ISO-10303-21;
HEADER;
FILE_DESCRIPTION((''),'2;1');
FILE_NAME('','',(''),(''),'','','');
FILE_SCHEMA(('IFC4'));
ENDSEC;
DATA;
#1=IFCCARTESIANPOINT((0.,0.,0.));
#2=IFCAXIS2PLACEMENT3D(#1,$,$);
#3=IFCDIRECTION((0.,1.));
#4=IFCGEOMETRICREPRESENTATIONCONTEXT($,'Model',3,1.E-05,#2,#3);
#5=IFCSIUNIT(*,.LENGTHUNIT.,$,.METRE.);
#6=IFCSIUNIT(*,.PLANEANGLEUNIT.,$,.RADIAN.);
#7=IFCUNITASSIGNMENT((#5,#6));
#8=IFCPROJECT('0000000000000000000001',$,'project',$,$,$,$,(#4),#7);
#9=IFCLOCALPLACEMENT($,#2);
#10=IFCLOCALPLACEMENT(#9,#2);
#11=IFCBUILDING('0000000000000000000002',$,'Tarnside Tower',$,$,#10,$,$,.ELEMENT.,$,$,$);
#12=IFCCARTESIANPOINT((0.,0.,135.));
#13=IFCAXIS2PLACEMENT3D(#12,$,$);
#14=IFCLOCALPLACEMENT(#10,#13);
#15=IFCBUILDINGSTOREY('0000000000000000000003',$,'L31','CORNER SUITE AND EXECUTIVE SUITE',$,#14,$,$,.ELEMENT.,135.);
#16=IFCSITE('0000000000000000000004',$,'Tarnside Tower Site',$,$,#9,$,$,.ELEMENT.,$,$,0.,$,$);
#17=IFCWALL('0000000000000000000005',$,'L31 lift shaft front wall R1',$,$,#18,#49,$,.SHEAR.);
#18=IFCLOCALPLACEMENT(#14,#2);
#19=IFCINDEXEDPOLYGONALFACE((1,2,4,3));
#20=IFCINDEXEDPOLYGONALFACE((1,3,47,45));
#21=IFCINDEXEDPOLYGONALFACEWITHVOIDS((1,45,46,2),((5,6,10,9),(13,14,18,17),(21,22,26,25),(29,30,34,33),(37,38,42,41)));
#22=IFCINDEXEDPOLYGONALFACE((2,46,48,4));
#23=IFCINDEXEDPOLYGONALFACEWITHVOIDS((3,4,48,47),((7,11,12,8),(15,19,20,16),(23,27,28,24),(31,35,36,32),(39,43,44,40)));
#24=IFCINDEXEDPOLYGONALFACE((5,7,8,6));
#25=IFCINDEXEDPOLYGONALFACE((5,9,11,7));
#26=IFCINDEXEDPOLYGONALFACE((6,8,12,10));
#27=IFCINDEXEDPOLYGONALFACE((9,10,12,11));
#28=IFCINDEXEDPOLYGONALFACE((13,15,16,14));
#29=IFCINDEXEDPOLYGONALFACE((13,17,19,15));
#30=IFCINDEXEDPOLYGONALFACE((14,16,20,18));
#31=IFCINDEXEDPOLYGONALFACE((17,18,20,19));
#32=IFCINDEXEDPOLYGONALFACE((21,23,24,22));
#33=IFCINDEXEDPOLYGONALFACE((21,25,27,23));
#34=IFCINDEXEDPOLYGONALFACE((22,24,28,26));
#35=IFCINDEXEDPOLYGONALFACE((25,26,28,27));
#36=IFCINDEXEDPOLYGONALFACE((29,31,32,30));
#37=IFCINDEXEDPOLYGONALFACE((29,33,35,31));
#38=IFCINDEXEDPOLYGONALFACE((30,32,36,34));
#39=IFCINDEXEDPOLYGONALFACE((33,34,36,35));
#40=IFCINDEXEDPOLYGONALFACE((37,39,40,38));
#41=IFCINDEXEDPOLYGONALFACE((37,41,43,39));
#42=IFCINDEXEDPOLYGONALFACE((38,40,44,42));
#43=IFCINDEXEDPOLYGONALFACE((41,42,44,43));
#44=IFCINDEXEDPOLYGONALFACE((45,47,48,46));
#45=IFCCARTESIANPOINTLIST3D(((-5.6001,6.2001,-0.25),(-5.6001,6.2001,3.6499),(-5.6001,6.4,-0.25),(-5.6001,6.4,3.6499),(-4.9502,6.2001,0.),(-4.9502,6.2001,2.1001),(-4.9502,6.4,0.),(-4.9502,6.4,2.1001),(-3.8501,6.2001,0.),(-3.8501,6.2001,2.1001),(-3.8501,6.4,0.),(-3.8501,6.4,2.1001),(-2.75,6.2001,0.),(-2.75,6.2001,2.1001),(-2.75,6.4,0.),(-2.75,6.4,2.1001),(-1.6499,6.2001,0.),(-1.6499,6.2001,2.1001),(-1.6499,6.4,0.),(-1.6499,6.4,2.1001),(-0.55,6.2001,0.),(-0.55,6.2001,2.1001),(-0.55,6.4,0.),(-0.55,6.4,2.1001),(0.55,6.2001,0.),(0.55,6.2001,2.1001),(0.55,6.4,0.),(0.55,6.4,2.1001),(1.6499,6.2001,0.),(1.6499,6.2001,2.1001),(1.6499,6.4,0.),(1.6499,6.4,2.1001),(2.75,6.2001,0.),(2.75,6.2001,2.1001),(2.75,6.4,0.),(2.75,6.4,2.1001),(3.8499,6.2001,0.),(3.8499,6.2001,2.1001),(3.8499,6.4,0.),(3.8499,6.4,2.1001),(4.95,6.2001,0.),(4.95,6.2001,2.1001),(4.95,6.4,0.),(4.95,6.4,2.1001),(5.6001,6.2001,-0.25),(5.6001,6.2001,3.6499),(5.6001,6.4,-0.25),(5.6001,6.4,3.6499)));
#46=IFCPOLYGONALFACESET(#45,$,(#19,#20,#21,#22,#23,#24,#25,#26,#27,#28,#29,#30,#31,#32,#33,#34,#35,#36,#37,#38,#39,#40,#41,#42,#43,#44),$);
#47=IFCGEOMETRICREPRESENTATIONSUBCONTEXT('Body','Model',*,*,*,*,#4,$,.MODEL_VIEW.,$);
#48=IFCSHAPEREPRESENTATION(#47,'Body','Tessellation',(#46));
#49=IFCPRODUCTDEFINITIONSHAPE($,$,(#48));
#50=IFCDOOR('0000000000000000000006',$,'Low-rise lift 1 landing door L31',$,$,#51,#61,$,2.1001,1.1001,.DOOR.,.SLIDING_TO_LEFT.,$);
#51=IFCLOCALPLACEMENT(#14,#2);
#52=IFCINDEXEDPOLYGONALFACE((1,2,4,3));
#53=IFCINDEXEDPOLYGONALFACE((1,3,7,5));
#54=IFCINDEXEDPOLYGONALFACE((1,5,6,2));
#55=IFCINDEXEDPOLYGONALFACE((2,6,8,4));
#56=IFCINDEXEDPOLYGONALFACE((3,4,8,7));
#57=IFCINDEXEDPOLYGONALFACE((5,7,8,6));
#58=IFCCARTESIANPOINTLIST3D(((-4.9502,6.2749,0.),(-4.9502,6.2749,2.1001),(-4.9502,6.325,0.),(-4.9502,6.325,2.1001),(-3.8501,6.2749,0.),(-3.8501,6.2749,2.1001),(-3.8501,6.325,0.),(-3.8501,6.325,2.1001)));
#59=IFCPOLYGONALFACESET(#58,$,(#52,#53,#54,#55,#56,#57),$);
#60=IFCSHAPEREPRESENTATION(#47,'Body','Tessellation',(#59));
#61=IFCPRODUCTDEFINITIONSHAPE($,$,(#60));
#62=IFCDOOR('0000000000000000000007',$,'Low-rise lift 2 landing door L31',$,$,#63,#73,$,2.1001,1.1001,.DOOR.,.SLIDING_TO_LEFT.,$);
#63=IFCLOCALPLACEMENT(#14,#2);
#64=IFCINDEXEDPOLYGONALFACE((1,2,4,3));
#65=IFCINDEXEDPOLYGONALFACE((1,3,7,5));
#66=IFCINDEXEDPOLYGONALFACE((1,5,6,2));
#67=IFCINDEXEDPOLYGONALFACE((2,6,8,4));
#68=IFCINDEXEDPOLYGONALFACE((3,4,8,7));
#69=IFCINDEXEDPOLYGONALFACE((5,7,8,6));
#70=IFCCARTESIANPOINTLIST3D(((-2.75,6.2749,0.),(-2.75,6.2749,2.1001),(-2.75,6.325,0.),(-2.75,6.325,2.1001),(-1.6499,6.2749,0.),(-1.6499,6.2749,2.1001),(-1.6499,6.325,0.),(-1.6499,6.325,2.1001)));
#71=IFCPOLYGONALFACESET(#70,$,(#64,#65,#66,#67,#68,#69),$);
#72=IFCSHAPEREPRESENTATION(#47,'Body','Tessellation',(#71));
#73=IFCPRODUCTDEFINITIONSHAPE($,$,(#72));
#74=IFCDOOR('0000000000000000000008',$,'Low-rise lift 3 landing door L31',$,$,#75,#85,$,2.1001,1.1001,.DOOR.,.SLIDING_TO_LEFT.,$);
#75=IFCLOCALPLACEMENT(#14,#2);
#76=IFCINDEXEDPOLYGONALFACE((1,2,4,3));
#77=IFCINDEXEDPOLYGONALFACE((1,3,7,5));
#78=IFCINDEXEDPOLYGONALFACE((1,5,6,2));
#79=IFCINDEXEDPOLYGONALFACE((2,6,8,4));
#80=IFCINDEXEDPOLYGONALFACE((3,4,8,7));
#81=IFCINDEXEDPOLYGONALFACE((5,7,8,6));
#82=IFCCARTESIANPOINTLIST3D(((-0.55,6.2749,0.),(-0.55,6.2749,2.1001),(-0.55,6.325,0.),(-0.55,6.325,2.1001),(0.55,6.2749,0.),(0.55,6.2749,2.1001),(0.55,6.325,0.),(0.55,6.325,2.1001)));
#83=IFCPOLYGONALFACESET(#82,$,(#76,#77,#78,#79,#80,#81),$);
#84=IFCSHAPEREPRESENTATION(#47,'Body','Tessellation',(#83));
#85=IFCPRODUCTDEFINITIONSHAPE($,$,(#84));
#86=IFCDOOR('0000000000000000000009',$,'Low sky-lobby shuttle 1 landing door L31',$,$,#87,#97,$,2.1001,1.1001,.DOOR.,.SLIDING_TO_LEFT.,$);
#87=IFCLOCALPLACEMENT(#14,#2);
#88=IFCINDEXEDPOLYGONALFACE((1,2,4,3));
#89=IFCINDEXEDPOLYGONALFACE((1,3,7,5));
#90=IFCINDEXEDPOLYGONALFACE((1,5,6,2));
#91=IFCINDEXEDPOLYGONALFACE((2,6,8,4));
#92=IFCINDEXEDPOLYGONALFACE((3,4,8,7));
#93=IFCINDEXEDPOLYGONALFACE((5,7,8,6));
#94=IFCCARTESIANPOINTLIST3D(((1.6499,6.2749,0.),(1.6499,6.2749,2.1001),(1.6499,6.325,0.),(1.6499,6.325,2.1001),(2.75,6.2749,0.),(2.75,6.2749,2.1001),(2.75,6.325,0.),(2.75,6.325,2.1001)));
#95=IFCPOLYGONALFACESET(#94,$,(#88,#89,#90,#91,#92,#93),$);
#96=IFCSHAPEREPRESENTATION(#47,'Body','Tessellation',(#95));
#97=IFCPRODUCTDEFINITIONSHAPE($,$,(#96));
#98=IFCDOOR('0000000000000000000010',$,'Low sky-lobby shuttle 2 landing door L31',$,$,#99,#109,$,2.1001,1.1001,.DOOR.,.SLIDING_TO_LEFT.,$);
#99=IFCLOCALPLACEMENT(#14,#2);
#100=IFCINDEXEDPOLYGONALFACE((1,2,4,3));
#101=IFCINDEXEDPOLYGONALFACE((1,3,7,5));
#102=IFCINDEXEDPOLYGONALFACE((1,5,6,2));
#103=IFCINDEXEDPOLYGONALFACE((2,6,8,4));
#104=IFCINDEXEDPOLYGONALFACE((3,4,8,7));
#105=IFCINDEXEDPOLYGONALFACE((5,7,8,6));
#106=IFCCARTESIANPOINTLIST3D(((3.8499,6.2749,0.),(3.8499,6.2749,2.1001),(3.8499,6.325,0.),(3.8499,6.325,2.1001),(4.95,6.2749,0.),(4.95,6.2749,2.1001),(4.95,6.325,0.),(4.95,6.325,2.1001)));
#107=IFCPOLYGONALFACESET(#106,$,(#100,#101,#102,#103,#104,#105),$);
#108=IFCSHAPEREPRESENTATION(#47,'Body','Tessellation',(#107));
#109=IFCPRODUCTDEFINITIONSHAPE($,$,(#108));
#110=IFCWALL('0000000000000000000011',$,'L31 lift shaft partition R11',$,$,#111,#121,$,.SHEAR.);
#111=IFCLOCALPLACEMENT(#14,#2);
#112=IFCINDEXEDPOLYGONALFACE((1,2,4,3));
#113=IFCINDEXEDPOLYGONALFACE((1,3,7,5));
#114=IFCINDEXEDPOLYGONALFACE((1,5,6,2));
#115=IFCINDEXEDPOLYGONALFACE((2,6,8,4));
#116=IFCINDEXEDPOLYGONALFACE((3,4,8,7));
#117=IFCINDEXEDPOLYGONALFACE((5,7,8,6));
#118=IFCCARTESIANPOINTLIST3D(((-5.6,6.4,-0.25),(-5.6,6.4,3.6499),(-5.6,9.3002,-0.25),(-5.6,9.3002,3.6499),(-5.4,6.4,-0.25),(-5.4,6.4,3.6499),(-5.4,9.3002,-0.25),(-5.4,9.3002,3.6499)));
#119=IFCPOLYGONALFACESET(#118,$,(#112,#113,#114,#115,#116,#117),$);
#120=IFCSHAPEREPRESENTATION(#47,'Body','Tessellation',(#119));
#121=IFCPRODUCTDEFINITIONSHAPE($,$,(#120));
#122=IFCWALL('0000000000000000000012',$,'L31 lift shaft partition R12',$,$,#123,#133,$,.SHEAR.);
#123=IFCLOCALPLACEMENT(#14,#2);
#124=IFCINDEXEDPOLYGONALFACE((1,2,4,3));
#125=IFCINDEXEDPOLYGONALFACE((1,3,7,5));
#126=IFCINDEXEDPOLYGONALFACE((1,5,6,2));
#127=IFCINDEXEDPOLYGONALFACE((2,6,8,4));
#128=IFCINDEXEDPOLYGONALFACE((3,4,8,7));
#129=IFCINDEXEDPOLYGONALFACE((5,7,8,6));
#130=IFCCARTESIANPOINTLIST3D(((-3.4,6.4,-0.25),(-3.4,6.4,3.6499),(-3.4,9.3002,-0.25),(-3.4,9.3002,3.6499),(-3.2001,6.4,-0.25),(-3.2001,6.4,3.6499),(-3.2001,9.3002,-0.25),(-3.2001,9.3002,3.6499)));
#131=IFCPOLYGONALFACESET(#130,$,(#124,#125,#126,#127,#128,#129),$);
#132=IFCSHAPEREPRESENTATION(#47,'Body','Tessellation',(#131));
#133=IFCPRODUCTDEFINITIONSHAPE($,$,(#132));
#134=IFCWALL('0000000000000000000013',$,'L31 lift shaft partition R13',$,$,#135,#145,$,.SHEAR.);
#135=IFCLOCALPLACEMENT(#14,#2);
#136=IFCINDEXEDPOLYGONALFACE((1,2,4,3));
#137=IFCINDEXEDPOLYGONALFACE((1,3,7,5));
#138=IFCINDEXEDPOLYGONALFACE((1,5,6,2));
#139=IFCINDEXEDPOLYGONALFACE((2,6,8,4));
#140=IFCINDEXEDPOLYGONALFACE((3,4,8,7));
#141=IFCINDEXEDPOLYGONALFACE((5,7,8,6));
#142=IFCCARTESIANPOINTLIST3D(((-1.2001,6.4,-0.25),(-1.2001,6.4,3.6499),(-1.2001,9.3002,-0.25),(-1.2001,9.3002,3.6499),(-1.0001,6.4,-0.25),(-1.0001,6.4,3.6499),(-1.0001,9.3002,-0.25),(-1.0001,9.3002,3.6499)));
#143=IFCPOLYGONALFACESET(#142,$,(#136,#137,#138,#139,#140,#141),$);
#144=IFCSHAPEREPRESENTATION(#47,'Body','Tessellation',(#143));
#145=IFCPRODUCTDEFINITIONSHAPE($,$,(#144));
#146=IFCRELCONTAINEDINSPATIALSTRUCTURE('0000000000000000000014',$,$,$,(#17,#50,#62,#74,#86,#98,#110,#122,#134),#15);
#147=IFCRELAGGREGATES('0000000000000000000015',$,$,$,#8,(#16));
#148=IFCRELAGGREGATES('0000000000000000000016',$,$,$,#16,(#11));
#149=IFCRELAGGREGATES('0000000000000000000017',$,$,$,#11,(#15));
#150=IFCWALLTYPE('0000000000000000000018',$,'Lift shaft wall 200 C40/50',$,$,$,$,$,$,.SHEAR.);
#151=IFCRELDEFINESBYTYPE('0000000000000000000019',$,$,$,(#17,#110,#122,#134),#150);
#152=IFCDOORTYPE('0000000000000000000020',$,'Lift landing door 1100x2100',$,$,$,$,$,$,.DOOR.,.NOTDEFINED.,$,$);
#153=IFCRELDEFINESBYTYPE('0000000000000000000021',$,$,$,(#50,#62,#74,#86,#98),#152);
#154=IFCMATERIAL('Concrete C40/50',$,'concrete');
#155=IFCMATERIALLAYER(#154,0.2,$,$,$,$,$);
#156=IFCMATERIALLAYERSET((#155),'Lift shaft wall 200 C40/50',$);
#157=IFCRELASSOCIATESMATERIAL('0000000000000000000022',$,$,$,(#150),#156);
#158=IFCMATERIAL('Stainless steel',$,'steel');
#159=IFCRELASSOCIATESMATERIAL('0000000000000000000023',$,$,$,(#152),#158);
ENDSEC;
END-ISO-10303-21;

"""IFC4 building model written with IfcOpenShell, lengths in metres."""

from ifc_helpers import new_model, si_unit, direction, frame, frame_2d, origin, place, context, subcontext, project, spatial, rectangle, extrude, material, layer, layer_set, type_object, element, fill, save


model = new_model("IFC4")

# Units and contexts
model_context = context("Model", 3, precision=1e-05, world=origin(), true_north=direction((0.0, 1.0)))
body_context = subcontext(model_context, "Body", "Model", "MODEL_VIEW")
ifc_project = project(units=[si_unit("LENGTHUNIT", "METRE"), si_unit("PLANEANGLEUNIT", "RADIAN")], contexts=[model_context])

# Site, building, storey
site_placement = place(None, origin())
site = spatial("IfcSite", under=ifc_project, at=site_placement, Name="Tarnside Tower Site", CompositionType="ELEMENT", RefElevation=0.0)
building_placement = place(site_placement, origin())
building = spatial("IfcBuilding", under=site, at=building_placement, Name="Tarnside Tower", CompositionType="ELEMENT")
storey_placement = place(building_placement, frame((0.0, 0.0, 135.0)))
storey = spatial("IfcBuildingStorey", under=building, at=storey_placement, Name="L31", Description="CORNER SUITE AND EXECUTIVE SUITE", CompositionType="ELEMENT", Elevation=135.0)

# Shared definitions
ifc_material_1 = material(Name="Concrete C40/50", Category="concrete")

# Wall, openings, doors
ifc_layer_1 = layer(ifc_material_1, 0.2)
ifc_layer_set_1 = layer_set([ifc_layer_1], Name="Lift shaft wall 200 C40/50")
wall_type_1 = type_object("IfcWallType", Name="Lift shaft wall 200 C40/50", PredefinedType="SHEAR", material=ifc_layer_set_1)
wall_1_placement = place(storey_placement, frame((-5.6001, 6.3, -0.25), z_axis=(0.0, 0.0, 1.0), x_axis=(1.0, 0.0, 0.0)))
wall_1 = element("IfcWall", 1, at=wall_1_placement, inside=storey, type_object=wall_type_1, Name="L31 lift shaft front wall R1", PredefinedType="SHEAR", context=body_context, shape_type="SweptSolid", body=[
    extrude(rectangle(XDim=11.2002, YDim=0.2, at=frame_2d((5.6001, 0.0))), origin(), (0.0, 0.0, 1.0), 3.8999),
])
opening_1_placement = place(wall_1_placement, frame((0.6499, 0.0, 0.25)))
opening_1 = element("IfcOpeningElement", 2, at=opening_1_placement, cuts=wall_1, PredefinedType="OPENING", context=body_context, shape_type="SweptSolid", body=[
    extrude(rectangle(XDim=1.1001, YDim=2.1001, at=frame_2d((0.55, 1.05))), frame((0.0, 0.1099, 0.0), z_axis=(0.0, -1.0, 0.0), x_axis=(1.0, 0.0, 0.0)), (0.0, 0.0, 1.0), 0.22),
])
opening_2_placement = place(wall_1_placement, frame((2.8501, 0.0, 0.25)))
opening_2 = element("IfcOpeningElement", 3, at=opening_2_placement, cuts=wall_1, PredefinedType="OPENING", context=body_context, shape_type="SweptSolid", body=[
    extrude(rectangle(XDim=1.1001, YDim=2.1001, at=frame_2d((0.55, 1.05))), frame((0.0, 0.1099, 0.0), z_axis=(0.0, -1.0, 0.0), x_axis=(1.0, 0.0, 0.0)), (0.0, 0.0, 1.0), 0.22),
])
opening_3_placement = place(wall_1_placement, frame((5.05, 0.0, 0.25)))
opening_3 = element("IfcOpeningElement", 4, at=opening_3_placement, cuts=wall_1, PredefinedType="OPENING", context=body_context, shape_type="SweptSolid", body=[
    extrude(rectangle(XDim=1.1001, YDim=2.1001, at=frame_2d((0.55, 1.05))), frame((0.0, 0.1099, 0.0), z_axis=(0.0, -1.0, 0.0), x_axis=(1.0, 0.0, 0.0)), (0.0, 0.0, 1.0), 0.22),
])
opening_4_placement = place(wall_1_placement, frame((7.25, 0.0, 0.25)))
opening_4 = element("IfcOpeningElement", 5, at=opening_4_placement, cuts=wall_1, PredefinedType="OPENING", context=body_context, shape_type="SweptSolid", body=[
    extrude(rectangle(XDim=1.1001, YDim=2.1001, at=frame_2d((0.55, 1.05))), frame((0.0, 0.1099, 0.0), z_axis=(0.0, -1.0, 0.0), x_axis=(1.0, 0.0, 0.0)), (0.0, 0.0, 1.0), 0.22),
])
opening_5_placement = place(wall_1_placement, frame((9.45, 0.0, 0.25)))
opening_5 = element("IfcOpeningElement", 6, at=opening_5_placement, cuts=wall_1, PredefinedType="OPENING", context=body_context, shape_type="SweptSolid", body=[
    extrude(rectangle(XDim=1.1001, YDim=2.1001, at=frame_2d((0.55, 1.05))), frame((0.0, 0.1099, 0.0), z_axis=(0.0, -1.0, 0.0), x_axis=(1.0, 0.0, 0.0)), (0.0, 0.0, 1.0), 0.22),
])
ifc_material_2 = material(Name="Stainless steel", Category="steel")
door_type_1 = type_object("IfcDoorType", Name="Lift landing door 1100x2100", OperationType="NOTDEFINED", PredefinedType="DOOR", material=ifc_material_2)
door_1_placement = place(opening_1_placement, origin())
door_1 = element("IfcDoor", 7, at=door_1_placement, inside=storey, type_object=door_type_1, Name="Low-rise lift 1 landing door L31", OperationType="SLIDING_TO_LEFT", OverallHeight=2.1001, OverallWidth=1.1001, PredefinedType="DOOR", context=body_context, shape_type="SweptSolid", body=[
    extrude(rectangle(XDim=1.1001, YDim=2.1001, at=frame_2d((0.55, 1.05))), frame((0.0, 0.0249, 0.0), z_axis=(0.0, -1.0, 0.0), x_axis=(1.0, 0.0, 0.0)), (0.0, 0.0, 1.0), 0.05),
])
fill(opening_1, door_1)
door_2_placement = place(opening_2_placement, origin())
door_2 = element("IfcDoor", 8, at=door_2_placement, inside=storey, type_object=door_type_1, Name="Low-rise lift 2 landing door L31", OperationType="SLIDING_TO_LEFT", OverallHeight=2.1001, OverallWidth=1.1001, PredefinedType="DOOR", context=body_context, shape_type="SweptSolid", body=[
    extrude(rectangle(XDim=1.1001, YDim=2.1001, at=frame_2d((0.55, 1.05))), frame((0.0, 0.0249, 0.0), z_axis=(0.0, -1.0, 0.0), x_axis=(1.0, 0.0, 0.0)), (0.0, 0.0, 1.0), 0.05),
])
fill(opening_2, door_2)
door_3_placement = place(opening_3_placement, origin())
door_3 = element("IfcDoor", 9, at=door_3_placement, inside=storey, type_object=door_type_1, Name="Low-rise lift 3 landing door L31", OperationType="SLIDING_TO_LEFT", OverallHeight=2.1001, OverallWidth=1.1001, PredefinedType="DOOR", context=body_context, shape_type="SweptSolid", body=[
    extrude(rectangle(XDim=1.1001, YDim=2.1001, at=frame_2d((0.55, 1.05))), frame((0.0, 0.0249, 0.0), z_axis=(0.0, -1.0, 0.0), x_axis=(1.0, 0.0, 0.0)), (0.0, 0.0, 1.0), 0.05),
])
fill(opening_3, door_3)
door_4_placement = place(opening_4_placement, origin())
door_4 = element("IfcDoor", 10, at=door_4_placement, inside=storey, type_object=door_type_1, Name="Low sky-lobby shuttle 1 landing door L31", OperationType="SLIDING_TO_LEFT", OverallHeight=2.1001, OverallWidth=1.1001, PredefinedType="DOOR", context=body_context, shape_type="SweptSolid", body=[
    extrude(rectangle(XDim=1.1001, YDim=2.1001, at=frame_2d((0.55, 1.05))), frame((0.0, 0.0249, 0.0), z_axis=(0.0, -1.0, 0.0), x_axis=(1.0, 0.0, 0.0)), (0.0, 0.0, 1.0), 0.05),
])
fill(opening_4, door_4)
door_5_placement = place(opening_5_placement, origin())
door_5 = element("IfcDoor", 11, at=door_5_placement, inside=storey, type_object=door_type_1, Name="Low sky-lobby shuttle 2 landing door L31", OperationType="SLIDING_TO_LEFT", OverallHeight=2.1001, OverallWidth=1.1001, PredefinedType="DOOR", context=body_context, shape_type="SweptSolid", body=[
    extrude(rectangle(XDim=1.1001, YDim=2.1001, at=frame_2d((0.55, 1.05))), frame((0.0, 0.0249, 0.0), z_axis=(0.0, -1.0, 0.0), x_axis=(1.0, 0.0, 0.0)), (0.0, 0.0, 1.0), 0.05),
])
fill(opening_5, door_5)

# Walls
for number, where, z_axis, x_axis, name in (
    (12, (-5.5, 6.3999, -0.25), (0.0, 0.0, 1.0), (0.0, 1.0, 0.0), "L31 lift shaft partition R11"),
    (13, (-3.3, 6.3999, -0.25), (0.0, 0.0, 1.0), (0.0, 1.0, 0.0), "L31 lift shaft partition R12"),
    (14, (-1.1001, 6.3999, -0.25), (0.0, 0.0, 1.0), (0.0, 1.0, 0.0), "L31 lift shaft partition R13"),
):
    element("IfcWall", number, at=place(storey_placement, frame(where, z_axis=z_axis, x_axis=x_axis)), inside=storey, type_object=wall_type_1, Name=name, PredefinedType="SHEAR", context=body_context, shape_type="SweptSolid", body=[
        extrude(rectangle(XDim=2.9001, YDim=0.2, at=frame_2d((1.4502, 0.0))), origin(), (0.0, 0.0, 1.0), 3.8999),
    ])

save(model, "model.ifc")
